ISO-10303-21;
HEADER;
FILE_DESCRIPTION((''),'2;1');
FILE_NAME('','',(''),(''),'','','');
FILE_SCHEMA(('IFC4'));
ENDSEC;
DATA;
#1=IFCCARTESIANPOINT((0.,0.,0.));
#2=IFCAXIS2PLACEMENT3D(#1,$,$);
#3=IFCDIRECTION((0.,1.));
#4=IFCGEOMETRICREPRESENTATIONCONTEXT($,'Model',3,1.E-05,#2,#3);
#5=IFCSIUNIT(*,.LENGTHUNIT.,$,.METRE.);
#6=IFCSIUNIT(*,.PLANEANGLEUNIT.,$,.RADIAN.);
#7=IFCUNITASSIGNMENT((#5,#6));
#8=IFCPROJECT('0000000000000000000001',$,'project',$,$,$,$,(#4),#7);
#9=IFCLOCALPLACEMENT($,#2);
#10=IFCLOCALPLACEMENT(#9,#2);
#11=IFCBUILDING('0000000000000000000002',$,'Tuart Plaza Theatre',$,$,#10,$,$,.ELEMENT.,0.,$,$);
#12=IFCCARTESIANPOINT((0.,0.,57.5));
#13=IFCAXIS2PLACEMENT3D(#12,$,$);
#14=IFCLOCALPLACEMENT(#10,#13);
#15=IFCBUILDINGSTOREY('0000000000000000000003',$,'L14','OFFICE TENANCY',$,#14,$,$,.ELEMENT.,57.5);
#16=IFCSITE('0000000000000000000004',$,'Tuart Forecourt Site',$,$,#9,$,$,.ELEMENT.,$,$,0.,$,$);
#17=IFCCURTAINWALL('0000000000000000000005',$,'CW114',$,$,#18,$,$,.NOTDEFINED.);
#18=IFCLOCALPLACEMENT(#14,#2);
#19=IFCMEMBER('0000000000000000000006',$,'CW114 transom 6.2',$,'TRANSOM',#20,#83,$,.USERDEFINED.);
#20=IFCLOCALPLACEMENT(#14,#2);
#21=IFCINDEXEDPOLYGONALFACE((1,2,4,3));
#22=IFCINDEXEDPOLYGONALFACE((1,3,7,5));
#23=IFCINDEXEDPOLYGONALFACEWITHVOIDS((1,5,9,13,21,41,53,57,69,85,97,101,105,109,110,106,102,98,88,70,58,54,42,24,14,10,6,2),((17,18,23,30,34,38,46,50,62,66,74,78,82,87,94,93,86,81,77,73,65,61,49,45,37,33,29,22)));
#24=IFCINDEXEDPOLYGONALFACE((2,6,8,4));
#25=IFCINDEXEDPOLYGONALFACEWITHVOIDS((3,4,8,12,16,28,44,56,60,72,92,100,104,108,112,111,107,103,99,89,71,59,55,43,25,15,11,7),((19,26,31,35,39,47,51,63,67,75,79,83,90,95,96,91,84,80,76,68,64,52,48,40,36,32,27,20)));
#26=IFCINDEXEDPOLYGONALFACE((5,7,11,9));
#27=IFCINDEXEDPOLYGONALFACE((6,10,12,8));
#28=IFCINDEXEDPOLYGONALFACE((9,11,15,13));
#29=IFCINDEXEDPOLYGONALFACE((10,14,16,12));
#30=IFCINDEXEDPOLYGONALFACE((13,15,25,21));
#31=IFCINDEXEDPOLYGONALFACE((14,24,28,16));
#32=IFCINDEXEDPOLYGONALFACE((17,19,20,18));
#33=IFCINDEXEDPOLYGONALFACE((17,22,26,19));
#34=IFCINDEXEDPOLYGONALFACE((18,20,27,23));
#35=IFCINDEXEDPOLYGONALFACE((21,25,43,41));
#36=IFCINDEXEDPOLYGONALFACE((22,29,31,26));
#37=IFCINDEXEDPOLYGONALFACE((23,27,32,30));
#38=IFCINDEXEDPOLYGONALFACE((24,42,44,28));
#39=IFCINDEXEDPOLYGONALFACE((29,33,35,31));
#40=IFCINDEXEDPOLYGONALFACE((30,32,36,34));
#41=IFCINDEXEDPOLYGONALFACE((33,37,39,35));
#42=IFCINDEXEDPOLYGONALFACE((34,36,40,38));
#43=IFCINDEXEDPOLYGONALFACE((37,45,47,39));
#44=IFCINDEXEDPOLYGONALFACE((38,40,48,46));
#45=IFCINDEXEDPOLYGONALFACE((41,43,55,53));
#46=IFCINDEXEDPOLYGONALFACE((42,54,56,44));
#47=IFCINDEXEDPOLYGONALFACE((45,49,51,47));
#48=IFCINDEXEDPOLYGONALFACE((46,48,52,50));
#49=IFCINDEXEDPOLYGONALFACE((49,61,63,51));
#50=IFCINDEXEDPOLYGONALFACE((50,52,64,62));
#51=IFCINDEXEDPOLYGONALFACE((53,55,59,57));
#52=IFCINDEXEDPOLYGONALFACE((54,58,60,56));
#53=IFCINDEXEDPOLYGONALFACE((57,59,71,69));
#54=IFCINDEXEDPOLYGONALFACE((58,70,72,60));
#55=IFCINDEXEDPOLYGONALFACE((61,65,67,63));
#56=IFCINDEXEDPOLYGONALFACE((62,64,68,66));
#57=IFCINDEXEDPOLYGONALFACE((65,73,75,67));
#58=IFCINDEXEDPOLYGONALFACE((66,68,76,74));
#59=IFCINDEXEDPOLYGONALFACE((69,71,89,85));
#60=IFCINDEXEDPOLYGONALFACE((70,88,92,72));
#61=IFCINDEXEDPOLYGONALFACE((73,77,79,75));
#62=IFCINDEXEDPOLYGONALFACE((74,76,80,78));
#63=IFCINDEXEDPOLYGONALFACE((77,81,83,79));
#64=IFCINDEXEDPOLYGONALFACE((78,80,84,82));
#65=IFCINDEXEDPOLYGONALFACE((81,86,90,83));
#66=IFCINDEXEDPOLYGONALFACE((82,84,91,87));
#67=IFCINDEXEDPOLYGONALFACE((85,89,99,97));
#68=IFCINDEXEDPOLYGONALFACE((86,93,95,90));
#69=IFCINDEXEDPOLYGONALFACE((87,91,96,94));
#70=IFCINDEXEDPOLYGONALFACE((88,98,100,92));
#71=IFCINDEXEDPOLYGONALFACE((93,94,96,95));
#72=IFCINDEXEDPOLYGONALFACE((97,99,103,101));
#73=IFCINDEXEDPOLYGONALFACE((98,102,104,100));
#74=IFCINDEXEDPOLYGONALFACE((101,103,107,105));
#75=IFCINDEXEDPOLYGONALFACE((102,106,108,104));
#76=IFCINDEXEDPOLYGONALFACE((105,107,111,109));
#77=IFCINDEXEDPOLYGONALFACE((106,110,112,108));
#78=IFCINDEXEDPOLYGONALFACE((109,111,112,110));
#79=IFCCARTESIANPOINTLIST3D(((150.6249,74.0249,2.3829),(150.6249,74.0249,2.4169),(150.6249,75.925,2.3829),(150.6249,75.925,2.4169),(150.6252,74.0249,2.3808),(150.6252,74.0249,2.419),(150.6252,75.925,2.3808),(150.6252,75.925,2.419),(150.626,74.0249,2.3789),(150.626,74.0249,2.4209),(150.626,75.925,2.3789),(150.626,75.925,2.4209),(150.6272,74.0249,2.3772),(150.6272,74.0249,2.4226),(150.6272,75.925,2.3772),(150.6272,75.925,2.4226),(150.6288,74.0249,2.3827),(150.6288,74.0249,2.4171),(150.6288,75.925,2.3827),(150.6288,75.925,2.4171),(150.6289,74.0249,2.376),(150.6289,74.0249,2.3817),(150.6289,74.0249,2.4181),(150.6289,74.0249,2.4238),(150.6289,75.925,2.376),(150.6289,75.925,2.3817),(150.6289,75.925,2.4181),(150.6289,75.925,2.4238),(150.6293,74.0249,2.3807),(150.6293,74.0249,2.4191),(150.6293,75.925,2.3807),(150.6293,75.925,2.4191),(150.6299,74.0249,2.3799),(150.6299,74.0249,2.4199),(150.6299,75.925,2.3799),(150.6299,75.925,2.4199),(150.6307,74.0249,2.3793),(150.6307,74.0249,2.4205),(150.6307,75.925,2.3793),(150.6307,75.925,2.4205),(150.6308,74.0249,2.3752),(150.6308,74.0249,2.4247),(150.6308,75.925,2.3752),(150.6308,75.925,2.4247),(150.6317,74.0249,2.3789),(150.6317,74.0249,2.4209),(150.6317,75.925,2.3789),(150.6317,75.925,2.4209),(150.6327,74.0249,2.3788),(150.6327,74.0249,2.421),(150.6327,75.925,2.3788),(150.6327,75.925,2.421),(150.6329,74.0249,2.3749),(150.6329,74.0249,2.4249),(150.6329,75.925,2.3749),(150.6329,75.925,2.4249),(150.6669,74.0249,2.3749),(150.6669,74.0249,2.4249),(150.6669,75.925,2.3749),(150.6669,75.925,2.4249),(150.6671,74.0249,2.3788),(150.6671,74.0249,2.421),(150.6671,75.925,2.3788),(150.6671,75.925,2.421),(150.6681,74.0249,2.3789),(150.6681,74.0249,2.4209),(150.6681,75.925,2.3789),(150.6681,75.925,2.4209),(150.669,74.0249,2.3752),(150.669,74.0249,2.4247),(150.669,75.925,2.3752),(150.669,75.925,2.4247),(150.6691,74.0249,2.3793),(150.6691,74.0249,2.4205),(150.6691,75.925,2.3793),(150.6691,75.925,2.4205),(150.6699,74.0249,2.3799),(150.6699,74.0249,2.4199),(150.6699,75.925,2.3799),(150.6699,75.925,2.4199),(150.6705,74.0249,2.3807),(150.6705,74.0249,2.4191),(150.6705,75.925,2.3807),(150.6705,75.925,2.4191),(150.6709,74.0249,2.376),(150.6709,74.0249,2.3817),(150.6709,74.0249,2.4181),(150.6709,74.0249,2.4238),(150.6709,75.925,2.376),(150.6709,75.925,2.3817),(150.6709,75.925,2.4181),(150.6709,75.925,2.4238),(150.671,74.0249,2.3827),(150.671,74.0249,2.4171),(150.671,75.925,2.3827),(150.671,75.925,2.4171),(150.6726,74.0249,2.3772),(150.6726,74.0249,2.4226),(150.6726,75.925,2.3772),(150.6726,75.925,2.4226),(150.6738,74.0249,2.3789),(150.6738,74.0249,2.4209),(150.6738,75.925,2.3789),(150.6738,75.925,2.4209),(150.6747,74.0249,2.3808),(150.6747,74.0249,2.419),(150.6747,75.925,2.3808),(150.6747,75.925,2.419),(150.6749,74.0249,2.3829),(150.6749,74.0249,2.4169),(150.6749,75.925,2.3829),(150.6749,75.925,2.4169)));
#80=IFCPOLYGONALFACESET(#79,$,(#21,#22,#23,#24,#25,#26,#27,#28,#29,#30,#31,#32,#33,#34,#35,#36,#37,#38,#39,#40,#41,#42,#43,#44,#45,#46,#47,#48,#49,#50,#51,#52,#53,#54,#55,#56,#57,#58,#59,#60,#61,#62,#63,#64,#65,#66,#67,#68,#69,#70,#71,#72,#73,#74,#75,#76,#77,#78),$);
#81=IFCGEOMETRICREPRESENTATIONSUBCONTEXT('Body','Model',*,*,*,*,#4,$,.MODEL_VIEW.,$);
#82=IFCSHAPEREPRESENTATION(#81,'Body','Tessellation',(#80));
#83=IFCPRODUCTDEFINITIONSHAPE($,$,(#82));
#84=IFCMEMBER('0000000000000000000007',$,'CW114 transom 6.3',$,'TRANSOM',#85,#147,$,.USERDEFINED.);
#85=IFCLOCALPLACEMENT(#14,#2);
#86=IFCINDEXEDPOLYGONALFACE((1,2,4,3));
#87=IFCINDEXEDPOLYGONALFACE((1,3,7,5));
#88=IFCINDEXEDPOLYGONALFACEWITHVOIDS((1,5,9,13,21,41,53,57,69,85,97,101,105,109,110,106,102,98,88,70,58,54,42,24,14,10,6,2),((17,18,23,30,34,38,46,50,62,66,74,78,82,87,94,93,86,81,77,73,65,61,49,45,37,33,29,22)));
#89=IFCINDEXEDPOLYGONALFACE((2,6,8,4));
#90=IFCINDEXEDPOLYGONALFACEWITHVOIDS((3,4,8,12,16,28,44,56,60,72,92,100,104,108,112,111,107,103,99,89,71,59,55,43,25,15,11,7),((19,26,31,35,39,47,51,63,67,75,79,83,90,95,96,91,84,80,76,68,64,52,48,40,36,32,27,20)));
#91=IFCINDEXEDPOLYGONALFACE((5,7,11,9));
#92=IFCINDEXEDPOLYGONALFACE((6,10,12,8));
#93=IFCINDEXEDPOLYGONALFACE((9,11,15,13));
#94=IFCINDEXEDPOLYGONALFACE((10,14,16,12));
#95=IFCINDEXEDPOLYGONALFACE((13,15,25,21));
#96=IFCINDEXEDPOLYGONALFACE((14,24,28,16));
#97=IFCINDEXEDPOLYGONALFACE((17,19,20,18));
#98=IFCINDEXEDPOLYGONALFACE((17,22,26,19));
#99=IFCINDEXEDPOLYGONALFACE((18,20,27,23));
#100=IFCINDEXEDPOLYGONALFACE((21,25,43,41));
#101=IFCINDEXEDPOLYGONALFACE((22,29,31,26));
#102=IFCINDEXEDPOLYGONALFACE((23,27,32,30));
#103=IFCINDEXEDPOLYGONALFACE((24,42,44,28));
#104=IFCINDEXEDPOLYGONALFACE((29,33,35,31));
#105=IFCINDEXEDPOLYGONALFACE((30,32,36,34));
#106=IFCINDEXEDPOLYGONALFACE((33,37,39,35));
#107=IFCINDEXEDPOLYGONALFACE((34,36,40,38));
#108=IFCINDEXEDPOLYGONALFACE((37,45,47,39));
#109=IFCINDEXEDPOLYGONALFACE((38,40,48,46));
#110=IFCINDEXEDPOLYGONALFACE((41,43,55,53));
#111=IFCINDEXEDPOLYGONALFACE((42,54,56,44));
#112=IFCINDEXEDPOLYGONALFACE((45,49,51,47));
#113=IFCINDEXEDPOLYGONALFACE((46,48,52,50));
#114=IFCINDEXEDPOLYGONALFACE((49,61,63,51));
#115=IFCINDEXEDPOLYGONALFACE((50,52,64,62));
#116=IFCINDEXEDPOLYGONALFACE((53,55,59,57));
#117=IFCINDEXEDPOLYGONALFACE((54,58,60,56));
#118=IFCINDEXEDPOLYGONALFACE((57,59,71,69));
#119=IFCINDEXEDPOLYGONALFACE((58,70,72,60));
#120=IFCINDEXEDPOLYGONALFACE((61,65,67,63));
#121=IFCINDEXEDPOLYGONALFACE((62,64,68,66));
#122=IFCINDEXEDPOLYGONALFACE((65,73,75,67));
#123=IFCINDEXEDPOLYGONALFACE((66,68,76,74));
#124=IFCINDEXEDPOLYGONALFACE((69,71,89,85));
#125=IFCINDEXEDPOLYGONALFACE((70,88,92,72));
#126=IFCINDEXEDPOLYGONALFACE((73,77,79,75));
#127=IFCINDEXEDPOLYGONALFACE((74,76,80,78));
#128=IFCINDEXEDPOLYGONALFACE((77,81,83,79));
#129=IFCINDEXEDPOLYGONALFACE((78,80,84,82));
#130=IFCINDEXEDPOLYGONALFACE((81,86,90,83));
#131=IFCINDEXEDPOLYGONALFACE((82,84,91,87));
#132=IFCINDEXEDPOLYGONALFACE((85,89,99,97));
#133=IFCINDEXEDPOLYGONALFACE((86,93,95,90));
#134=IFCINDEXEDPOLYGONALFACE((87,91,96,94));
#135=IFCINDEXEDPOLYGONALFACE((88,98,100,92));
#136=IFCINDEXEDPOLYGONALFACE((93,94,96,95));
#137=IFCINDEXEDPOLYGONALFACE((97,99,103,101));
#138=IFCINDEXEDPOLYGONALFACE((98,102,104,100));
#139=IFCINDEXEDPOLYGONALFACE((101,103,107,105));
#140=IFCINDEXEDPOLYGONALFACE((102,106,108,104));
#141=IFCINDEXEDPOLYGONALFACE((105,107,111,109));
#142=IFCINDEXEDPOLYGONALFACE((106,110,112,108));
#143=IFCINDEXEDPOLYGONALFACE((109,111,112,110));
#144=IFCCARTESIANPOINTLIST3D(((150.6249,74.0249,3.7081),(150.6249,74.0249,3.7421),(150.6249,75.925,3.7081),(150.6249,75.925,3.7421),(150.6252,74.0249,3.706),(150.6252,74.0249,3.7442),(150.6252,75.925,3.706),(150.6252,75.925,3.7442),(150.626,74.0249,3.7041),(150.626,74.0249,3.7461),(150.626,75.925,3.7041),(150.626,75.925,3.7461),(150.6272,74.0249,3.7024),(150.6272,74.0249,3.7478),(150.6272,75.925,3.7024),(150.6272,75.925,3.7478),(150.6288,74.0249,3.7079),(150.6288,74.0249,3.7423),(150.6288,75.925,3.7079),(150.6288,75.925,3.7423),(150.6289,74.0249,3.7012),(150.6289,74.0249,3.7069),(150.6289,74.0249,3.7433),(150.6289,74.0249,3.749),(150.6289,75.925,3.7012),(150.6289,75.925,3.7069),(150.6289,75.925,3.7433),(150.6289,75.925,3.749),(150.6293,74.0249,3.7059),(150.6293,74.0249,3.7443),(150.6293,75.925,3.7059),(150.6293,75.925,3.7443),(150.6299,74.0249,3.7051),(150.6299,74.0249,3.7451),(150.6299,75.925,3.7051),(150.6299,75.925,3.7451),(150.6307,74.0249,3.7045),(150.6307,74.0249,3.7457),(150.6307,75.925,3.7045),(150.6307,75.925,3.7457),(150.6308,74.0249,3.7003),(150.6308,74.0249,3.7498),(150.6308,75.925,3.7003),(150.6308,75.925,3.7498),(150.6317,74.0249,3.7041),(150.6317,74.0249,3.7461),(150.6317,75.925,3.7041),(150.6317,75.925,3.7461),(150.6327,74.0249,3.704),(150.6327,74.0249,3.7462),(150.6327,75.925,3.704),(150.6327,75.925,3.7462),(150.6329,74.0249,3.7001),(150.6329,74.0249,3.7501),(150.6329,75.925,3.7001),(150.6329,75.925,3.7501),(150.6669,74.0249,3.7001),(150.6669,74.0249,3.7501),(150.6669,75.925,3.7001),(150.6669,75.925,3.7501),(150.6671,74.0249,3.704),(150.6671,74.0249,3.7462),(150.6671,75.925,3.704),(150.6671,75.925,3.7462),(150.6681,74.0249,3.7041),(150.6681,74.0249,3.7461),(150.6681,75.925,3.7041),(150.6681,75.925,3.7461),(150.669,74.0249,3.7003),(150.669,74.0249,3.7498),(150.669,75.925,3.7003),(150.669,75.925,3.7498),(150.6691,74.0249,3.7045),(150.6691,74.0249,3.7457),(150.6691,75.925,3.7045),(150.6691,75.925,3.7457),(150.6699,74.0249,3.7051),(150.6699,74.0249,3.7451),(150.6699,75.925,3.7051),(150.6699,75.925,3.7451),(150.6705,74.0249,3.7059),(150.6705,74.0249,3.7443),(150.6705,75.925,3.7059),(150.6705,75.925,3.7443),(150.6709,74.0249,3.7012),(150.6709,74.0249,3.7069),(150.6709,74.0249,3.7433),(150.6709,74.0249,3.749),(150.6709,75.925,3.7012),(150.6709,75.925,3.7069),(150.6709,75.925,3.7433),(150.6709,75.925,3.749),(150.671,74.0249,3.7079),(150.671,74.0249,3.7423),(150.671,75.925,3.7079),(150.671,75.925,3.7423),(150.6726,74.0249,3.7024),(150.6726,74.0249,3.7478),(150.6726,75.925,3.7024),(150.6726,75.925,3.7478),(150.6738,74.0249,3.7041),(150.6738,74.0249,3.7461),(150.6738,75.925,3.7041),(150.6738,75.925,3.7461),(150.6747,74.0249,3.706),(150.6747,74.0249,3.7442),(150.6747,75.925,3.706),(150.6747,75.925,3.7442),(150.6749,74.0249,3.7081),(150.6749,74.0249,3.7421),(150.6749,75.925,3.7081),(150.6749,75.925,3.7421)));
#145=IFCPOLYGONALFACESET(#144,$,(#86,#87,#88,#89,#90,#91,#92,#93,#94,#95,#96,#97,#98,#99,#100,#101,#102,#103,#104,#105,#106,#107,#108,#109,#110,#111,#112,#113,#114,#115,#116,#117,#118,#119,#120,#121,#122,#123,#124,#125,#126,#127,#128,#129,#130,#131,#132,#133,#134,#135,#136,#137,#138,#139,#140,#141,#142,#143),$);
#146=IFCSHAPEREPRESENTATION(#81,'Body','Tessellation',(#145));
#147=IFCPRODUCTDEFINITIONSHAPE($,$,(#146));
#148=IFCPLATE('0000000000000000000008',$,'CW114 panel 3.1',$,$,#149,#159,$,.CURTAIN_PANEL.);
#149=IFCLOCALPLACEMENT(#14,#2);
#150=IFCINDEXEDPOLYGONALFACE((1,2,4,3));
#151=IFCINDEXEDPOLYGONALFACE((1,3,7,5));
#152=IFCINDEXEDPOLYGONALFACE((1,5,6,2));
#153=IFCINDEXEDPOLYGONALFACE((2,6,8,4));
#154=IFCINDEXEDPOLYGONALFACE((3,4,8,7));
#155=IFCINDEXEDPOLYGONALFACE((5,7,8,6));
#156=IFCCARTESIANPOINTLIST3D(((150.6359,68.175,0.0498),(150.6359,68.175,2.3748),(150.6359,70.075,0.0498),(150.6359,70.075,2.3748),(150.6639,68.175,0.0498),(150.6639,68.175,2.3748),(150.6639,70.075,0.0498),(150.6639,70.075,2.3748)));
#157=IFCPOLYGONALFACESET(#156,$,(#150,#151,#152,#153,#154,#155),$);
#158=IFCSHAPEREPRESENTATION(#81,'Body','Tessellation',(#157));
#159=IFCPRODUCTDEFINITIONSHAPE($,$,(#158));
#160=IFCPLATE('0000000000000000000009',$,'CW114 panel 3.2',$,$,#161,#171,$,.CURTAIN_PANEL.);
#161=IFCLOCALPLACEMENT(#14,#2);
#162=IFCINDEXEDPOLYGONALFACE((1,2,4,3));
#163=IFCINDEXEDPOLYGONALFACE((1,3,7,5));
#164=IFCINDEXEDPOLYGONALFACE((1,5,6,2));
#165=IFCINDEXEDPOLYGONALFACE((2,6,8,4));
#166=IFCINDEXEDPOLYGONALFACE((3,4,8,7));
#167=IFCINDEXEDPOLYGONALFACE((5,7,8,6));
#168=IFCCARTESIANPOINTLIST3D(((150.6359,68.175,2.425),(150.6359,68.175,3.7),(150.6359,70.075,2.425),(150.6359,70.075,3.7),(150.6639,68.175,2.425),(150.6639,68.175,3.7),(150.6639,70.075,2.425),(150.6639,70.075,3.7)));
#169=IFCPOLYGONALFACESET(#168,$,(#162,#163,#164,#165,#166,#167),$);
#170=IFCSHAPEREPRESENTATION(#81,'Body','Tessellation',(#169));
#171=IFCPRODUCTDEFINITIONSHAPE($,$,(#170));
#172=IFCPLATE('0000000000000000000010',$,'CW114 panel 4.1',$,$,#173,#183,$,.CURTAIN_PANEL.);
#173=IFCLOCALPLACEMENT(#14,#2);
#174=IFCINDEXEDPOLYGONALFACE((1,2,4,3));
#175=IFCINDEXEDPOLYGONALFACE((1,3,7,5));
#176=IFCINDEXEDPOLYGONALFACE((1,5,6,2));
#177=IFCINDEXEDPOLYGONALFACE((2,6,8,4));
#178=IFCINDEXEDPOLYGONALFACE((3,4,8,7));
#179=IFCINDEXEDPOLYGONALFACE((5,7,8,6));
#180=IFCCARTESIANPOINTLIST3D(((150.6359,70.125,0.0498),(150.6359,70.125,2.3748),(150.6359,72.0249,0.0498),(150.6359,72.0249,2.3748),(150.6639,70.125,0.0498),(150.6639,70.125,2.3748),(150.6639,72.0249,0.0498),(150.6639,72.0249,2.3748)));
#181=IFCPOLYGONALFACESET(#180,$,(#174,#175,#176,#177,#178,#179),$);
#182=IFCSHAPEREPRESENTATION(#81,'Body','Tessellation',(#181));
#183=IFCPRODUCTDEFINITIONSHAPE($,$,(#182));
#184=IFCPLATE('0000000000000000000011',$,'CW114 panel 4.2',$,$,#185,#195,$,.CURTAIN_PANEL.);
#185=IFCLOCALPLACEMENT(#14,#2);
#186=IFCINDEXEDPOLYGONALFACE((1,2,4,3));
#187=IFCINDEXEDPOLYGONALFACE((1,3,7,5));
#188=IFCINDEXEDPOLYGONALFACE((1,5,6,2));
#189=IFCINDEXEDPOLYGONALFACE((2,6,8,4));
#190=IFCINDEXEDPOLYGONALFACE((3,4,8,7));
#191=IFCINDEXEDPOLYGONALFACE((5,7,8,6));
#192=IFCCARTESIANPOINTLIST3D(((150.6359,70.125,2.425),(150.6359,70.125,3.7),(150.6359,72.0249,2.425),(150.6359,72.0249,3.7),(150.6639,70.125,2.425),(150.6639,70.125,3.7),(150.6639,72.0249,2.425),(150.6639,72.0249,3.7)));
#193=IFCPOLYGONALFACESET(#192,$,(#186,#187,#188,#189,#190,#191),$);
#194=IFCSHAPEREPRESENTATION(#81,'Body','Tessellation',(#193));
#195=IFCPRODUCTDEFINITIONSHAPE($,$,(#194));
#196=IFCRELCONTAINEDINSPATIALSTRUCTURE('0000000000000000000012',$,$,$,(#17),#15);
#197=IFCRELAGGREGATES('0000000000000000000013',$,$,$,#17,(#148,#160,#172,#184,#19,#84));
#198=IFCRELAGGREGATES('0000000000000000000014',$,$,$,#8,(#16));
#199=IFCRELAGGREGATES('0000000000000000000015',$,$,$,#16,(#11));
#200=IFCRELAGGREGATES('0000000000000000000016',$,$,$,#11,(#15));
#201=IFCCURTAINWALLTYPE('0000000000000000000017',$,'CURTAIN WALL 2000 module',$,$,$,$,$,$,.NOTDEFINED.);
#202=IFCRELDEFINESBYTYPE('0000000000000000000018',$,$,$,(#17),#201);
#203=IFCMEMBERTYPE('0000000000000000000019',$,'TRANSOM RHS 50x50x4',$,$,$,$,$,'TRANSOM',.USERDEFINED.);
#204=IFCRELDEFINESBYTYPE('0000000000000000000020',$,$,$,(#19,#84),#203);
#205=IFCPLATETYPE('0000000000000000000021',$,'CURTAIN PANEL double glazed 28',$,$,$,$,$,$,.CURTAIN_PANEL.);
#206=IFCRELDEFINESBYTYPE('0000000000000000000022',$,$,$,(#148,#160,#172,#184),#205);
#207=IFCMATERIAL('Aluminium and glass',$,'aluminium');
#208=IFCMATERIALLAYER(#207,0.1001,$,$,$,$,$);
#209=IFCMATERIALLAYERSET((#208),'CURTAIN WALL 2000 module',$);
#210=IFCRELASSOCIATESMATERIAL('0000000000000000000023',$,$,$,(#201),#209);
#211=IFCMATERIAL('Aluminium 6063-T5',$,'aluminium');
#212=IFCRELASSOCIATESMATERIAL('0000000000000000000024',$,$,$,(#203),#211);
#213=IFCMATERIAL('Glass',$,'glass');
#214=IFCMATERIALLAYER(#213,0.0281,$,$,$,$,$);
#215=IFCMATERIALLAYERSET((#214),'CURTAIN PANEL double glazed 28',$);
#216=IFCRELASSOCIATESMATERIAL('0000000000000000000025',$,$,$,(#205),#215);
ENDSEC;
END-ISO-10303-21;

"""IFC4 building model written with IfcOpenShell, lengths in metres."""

from ifc_helpers import new_model, si_unit, direction, frame, origin, origin_2d, place, context, subcontext, project, spatial, rectangle, hollow_rectangle, extrude, material, layer, layer_set, material_profile, profile_set, type_object, element, aggregate, save


model = new_model("IFC4")

# Units and contexts
model_context = context("Model", 3, precision=1e-05, world=origin(), true_north=direction((0.0, 1.0)))
body_context = subcontext(model_context, "Body", "Model", "MODEL_VIEW")
ifc_project = project(units=[si_unit("LENGTHUNIT", "METRE"), si_unit("PLANEANGLEUNIT", "RADIAN")], contexts=[model_context])

# Site, building, storey
site_placement = place(None, origin())
site = spatial("IfcSite", under=ifc_project, at=site_placement, Name="Tuart Forecourt Site", CompositionType="ELEMENT", RefElevation=0.0)
building_placement = place(site_placement, origin())
building = spatial("IfcBuilding", under=site, at=building_placement, Name="Tuart Plaza Theatre", CompositionType="ELEMENT", ElevationOfRefHeight=0.0)
storey_placement = place(building_placement, frame((0.0, 0.0, 57.5)))
storey = spatial("IfcBuildingStorey", under=building, at=storey_placement, Name="L14", Description="OFFICE TENANCY", CompositionType="ELEMENT", Elevation=57.5)

# Curtain wall, members, plates
ifc_material_1 = material(Name="Aluminium and glass", Category="aluminium")
ifc_layer_1 = layer(ifc_material_1, 0.1001)
ifc_layer_set_1 = layer_set([ifc_layer_1], Name="CURTAIN WALL 2000 module")
curtain_wall_type = type_object("IfcCurtainWallType", Name="CURTAIN WALL 2000 module", PredefinedType="NOTDEFINED", material=ifc_layer_set_1)
curtain_wall_placement = place(storey_placement, origin())
curtain_wall = element("IfcCurtainWall", 1, at=curtain_wall_placement, inside=storey, type_object=curtain_wall_type, Name="CW114", PredefinedType="NOTDEFINED")
ifc_material_2 = material(Name="Aluminium 6063-T5", Category="aluminium")
ifc_material_profile_1 = material_profile(ifc_material_2, hollow_rectangle(XDim=0.05, YDim=0.05, WallThickness=0.0039, InnerFilletRadius=0.0039, OuterFilletRadius=0.0081, at=origin_2d()), Name="RHS 50x50x4")
ifc_profile_set_1 = profile_set([ifc_material_profile_1], Name="Aluminium 6063-T5")
member_type_1 = type_object("IfcMemberType", Name="TRANSOM RHS 50x50x4", ElementType="TRANSOM", PredefinedType="USERDEFINED", material=ifc_profile_set_1)
member_1_placement = place(storey_placement, frame((150.6499, 74.0249, 2.3999), z_axis=(0.0, 1.0, 0.0), x_axis=(-1.0, 0.0, 0.0)))
member_1 = element("IfcMember", 2, at=member_1_placement, type_object=member_type_1, Name="CW114 transom 6.2", ObjectType="TRANSOM", PredefinedType="USERDEFINED", context=body_context, shape_type="SweptSolid", body=[
    extrude(hollow_rectangle(XDim=0.05, YDim=0.05, WallThickness=0.0039, InnerFilletRadius=0.0039, OuterFilletRadius=0.0081, at=origin_2d()), origin(), (0.0, 0.0, 1.0), 1.9001),
])
member_2_placement = place(storey_placement, frame((150.6499, 74.0249, 3.7251), z_axis=(0.0, 1.0, 0.0), x_axis=(-1.0, 0.0, 0.0)))
member_2 = element("IfcMember", 3, at=member_2_placement, type_object=member_type_1, Name="CW114 transom 6.3", ObjectType="TRANSOM", PredefinedType="USERDEFINED", context=body_context, shape_type="SweptSolid", body=[
    extrude(hollow_rectangle(XDim=0.05, YDim=0.05, WallThickness=0.0039, InnerFilletRadius=0.0039, OuterFilletRadius=0.0081, at=origin_2d()), origin(), (0.0, 0.0, 1.0), 1.9001),
])
ifc_material_3 = material(Name="Glass", Category="glass")
ifc_layer_2 = layer(ifc_material_3, 0.0281)
ifc_layer_set_2 = layer_set([ifc_layer_2], Name="CURTAIN PANEL double glazed 28")
plate_type = type_object("IfcPlateType", Name="CURTAIN PANEL double glazed 28", PredefinedType="CURTAIN_PANEL", material=ifc_layer_set_2)
plate_1_placement = place(storey_placement, frame((150.6499, 69.125, 0.0498), z_axis=(0.0, 0.0, 1.0), x_axis=(0.0, 1.0, 0.0)))
plate_1 = element("IfcPlate", 4, at=plate_1_placement, type_object=plate_type, Name="CW114 panel 3.1", PredefinedType="CURTAIN_PANEL", context=body_context, shape_type="SweptSolid", body=[
    extrude(rectangle(XDim=1.8999, YDim=0.0281, at=origin_2d()), origin(), (0.0, 0.0, 1.0), 2.325),
])
plate_2_placement = place(storey_placement, frame((150.6499, 69.125, 2.425), z_axis=(0.0, 0.0, 1.0), x_axis=(0.0, 1.0, 0.0)))
plate_2 = element("IfcPlate", 5, at=plate_2_placement, type_object=plate_type, Name="CW114 panel 3.2", PredefinedType="CURTAIN_PANEL", context=body_context, shape_type="SweptSolid", body=[
    extrude(rectangle(XDim=1.8999, YDim=0.0281, at=origin_2d()), origin(), (0.0, 0.0, 1.0), 1.2749),
])
plate_3_placement = place(storey_placement, frame((150.6499, 71.075, 0.0498), z_axis=(0.0, 0.0, 1.0), x_axis=(0.0, 1.0, 0.0)))
plate_3 = element("IfcPlate", 6, at=plate_3_placement, type_object=plate_type, Name="CW114 panel 4.1", PredefinedType="CURTAIN_PANEL", context=body_context, shape_type="SweptSolid", body=[
    extrude(rectangle(XDim=1.8999, YDim=0.0281, at=origin_2d()), origin(), (0.0, 0.0, 1.0), 2.325),
])
plate_4_placement = place(storey_placement, frame((150.6499, 71.075, 2.425), z_axis=(0.0, 0.0, 1.0), x_axis=(0.0, 1.0, 0.0)))
plate_4 = element("IfcPlate", 7, at=plate_4_placement, type_object=plate_type, Name="CW114 panel 4.2", PredefinedType="CURTAIN_PANEL", context=body_context, shape_type="SweptSolid", body=[
    extrude(rectangle(XDim=1.8999, YDim=0.0281, at=origin_2d()), origin(), (0.0, 0.0, 1.0), 1.2749),
])
aggregate(curtain_wall, [plate_1, plate_2, plate_3, plate_4, member_1, member_2])

save(model, "model.ifc")
